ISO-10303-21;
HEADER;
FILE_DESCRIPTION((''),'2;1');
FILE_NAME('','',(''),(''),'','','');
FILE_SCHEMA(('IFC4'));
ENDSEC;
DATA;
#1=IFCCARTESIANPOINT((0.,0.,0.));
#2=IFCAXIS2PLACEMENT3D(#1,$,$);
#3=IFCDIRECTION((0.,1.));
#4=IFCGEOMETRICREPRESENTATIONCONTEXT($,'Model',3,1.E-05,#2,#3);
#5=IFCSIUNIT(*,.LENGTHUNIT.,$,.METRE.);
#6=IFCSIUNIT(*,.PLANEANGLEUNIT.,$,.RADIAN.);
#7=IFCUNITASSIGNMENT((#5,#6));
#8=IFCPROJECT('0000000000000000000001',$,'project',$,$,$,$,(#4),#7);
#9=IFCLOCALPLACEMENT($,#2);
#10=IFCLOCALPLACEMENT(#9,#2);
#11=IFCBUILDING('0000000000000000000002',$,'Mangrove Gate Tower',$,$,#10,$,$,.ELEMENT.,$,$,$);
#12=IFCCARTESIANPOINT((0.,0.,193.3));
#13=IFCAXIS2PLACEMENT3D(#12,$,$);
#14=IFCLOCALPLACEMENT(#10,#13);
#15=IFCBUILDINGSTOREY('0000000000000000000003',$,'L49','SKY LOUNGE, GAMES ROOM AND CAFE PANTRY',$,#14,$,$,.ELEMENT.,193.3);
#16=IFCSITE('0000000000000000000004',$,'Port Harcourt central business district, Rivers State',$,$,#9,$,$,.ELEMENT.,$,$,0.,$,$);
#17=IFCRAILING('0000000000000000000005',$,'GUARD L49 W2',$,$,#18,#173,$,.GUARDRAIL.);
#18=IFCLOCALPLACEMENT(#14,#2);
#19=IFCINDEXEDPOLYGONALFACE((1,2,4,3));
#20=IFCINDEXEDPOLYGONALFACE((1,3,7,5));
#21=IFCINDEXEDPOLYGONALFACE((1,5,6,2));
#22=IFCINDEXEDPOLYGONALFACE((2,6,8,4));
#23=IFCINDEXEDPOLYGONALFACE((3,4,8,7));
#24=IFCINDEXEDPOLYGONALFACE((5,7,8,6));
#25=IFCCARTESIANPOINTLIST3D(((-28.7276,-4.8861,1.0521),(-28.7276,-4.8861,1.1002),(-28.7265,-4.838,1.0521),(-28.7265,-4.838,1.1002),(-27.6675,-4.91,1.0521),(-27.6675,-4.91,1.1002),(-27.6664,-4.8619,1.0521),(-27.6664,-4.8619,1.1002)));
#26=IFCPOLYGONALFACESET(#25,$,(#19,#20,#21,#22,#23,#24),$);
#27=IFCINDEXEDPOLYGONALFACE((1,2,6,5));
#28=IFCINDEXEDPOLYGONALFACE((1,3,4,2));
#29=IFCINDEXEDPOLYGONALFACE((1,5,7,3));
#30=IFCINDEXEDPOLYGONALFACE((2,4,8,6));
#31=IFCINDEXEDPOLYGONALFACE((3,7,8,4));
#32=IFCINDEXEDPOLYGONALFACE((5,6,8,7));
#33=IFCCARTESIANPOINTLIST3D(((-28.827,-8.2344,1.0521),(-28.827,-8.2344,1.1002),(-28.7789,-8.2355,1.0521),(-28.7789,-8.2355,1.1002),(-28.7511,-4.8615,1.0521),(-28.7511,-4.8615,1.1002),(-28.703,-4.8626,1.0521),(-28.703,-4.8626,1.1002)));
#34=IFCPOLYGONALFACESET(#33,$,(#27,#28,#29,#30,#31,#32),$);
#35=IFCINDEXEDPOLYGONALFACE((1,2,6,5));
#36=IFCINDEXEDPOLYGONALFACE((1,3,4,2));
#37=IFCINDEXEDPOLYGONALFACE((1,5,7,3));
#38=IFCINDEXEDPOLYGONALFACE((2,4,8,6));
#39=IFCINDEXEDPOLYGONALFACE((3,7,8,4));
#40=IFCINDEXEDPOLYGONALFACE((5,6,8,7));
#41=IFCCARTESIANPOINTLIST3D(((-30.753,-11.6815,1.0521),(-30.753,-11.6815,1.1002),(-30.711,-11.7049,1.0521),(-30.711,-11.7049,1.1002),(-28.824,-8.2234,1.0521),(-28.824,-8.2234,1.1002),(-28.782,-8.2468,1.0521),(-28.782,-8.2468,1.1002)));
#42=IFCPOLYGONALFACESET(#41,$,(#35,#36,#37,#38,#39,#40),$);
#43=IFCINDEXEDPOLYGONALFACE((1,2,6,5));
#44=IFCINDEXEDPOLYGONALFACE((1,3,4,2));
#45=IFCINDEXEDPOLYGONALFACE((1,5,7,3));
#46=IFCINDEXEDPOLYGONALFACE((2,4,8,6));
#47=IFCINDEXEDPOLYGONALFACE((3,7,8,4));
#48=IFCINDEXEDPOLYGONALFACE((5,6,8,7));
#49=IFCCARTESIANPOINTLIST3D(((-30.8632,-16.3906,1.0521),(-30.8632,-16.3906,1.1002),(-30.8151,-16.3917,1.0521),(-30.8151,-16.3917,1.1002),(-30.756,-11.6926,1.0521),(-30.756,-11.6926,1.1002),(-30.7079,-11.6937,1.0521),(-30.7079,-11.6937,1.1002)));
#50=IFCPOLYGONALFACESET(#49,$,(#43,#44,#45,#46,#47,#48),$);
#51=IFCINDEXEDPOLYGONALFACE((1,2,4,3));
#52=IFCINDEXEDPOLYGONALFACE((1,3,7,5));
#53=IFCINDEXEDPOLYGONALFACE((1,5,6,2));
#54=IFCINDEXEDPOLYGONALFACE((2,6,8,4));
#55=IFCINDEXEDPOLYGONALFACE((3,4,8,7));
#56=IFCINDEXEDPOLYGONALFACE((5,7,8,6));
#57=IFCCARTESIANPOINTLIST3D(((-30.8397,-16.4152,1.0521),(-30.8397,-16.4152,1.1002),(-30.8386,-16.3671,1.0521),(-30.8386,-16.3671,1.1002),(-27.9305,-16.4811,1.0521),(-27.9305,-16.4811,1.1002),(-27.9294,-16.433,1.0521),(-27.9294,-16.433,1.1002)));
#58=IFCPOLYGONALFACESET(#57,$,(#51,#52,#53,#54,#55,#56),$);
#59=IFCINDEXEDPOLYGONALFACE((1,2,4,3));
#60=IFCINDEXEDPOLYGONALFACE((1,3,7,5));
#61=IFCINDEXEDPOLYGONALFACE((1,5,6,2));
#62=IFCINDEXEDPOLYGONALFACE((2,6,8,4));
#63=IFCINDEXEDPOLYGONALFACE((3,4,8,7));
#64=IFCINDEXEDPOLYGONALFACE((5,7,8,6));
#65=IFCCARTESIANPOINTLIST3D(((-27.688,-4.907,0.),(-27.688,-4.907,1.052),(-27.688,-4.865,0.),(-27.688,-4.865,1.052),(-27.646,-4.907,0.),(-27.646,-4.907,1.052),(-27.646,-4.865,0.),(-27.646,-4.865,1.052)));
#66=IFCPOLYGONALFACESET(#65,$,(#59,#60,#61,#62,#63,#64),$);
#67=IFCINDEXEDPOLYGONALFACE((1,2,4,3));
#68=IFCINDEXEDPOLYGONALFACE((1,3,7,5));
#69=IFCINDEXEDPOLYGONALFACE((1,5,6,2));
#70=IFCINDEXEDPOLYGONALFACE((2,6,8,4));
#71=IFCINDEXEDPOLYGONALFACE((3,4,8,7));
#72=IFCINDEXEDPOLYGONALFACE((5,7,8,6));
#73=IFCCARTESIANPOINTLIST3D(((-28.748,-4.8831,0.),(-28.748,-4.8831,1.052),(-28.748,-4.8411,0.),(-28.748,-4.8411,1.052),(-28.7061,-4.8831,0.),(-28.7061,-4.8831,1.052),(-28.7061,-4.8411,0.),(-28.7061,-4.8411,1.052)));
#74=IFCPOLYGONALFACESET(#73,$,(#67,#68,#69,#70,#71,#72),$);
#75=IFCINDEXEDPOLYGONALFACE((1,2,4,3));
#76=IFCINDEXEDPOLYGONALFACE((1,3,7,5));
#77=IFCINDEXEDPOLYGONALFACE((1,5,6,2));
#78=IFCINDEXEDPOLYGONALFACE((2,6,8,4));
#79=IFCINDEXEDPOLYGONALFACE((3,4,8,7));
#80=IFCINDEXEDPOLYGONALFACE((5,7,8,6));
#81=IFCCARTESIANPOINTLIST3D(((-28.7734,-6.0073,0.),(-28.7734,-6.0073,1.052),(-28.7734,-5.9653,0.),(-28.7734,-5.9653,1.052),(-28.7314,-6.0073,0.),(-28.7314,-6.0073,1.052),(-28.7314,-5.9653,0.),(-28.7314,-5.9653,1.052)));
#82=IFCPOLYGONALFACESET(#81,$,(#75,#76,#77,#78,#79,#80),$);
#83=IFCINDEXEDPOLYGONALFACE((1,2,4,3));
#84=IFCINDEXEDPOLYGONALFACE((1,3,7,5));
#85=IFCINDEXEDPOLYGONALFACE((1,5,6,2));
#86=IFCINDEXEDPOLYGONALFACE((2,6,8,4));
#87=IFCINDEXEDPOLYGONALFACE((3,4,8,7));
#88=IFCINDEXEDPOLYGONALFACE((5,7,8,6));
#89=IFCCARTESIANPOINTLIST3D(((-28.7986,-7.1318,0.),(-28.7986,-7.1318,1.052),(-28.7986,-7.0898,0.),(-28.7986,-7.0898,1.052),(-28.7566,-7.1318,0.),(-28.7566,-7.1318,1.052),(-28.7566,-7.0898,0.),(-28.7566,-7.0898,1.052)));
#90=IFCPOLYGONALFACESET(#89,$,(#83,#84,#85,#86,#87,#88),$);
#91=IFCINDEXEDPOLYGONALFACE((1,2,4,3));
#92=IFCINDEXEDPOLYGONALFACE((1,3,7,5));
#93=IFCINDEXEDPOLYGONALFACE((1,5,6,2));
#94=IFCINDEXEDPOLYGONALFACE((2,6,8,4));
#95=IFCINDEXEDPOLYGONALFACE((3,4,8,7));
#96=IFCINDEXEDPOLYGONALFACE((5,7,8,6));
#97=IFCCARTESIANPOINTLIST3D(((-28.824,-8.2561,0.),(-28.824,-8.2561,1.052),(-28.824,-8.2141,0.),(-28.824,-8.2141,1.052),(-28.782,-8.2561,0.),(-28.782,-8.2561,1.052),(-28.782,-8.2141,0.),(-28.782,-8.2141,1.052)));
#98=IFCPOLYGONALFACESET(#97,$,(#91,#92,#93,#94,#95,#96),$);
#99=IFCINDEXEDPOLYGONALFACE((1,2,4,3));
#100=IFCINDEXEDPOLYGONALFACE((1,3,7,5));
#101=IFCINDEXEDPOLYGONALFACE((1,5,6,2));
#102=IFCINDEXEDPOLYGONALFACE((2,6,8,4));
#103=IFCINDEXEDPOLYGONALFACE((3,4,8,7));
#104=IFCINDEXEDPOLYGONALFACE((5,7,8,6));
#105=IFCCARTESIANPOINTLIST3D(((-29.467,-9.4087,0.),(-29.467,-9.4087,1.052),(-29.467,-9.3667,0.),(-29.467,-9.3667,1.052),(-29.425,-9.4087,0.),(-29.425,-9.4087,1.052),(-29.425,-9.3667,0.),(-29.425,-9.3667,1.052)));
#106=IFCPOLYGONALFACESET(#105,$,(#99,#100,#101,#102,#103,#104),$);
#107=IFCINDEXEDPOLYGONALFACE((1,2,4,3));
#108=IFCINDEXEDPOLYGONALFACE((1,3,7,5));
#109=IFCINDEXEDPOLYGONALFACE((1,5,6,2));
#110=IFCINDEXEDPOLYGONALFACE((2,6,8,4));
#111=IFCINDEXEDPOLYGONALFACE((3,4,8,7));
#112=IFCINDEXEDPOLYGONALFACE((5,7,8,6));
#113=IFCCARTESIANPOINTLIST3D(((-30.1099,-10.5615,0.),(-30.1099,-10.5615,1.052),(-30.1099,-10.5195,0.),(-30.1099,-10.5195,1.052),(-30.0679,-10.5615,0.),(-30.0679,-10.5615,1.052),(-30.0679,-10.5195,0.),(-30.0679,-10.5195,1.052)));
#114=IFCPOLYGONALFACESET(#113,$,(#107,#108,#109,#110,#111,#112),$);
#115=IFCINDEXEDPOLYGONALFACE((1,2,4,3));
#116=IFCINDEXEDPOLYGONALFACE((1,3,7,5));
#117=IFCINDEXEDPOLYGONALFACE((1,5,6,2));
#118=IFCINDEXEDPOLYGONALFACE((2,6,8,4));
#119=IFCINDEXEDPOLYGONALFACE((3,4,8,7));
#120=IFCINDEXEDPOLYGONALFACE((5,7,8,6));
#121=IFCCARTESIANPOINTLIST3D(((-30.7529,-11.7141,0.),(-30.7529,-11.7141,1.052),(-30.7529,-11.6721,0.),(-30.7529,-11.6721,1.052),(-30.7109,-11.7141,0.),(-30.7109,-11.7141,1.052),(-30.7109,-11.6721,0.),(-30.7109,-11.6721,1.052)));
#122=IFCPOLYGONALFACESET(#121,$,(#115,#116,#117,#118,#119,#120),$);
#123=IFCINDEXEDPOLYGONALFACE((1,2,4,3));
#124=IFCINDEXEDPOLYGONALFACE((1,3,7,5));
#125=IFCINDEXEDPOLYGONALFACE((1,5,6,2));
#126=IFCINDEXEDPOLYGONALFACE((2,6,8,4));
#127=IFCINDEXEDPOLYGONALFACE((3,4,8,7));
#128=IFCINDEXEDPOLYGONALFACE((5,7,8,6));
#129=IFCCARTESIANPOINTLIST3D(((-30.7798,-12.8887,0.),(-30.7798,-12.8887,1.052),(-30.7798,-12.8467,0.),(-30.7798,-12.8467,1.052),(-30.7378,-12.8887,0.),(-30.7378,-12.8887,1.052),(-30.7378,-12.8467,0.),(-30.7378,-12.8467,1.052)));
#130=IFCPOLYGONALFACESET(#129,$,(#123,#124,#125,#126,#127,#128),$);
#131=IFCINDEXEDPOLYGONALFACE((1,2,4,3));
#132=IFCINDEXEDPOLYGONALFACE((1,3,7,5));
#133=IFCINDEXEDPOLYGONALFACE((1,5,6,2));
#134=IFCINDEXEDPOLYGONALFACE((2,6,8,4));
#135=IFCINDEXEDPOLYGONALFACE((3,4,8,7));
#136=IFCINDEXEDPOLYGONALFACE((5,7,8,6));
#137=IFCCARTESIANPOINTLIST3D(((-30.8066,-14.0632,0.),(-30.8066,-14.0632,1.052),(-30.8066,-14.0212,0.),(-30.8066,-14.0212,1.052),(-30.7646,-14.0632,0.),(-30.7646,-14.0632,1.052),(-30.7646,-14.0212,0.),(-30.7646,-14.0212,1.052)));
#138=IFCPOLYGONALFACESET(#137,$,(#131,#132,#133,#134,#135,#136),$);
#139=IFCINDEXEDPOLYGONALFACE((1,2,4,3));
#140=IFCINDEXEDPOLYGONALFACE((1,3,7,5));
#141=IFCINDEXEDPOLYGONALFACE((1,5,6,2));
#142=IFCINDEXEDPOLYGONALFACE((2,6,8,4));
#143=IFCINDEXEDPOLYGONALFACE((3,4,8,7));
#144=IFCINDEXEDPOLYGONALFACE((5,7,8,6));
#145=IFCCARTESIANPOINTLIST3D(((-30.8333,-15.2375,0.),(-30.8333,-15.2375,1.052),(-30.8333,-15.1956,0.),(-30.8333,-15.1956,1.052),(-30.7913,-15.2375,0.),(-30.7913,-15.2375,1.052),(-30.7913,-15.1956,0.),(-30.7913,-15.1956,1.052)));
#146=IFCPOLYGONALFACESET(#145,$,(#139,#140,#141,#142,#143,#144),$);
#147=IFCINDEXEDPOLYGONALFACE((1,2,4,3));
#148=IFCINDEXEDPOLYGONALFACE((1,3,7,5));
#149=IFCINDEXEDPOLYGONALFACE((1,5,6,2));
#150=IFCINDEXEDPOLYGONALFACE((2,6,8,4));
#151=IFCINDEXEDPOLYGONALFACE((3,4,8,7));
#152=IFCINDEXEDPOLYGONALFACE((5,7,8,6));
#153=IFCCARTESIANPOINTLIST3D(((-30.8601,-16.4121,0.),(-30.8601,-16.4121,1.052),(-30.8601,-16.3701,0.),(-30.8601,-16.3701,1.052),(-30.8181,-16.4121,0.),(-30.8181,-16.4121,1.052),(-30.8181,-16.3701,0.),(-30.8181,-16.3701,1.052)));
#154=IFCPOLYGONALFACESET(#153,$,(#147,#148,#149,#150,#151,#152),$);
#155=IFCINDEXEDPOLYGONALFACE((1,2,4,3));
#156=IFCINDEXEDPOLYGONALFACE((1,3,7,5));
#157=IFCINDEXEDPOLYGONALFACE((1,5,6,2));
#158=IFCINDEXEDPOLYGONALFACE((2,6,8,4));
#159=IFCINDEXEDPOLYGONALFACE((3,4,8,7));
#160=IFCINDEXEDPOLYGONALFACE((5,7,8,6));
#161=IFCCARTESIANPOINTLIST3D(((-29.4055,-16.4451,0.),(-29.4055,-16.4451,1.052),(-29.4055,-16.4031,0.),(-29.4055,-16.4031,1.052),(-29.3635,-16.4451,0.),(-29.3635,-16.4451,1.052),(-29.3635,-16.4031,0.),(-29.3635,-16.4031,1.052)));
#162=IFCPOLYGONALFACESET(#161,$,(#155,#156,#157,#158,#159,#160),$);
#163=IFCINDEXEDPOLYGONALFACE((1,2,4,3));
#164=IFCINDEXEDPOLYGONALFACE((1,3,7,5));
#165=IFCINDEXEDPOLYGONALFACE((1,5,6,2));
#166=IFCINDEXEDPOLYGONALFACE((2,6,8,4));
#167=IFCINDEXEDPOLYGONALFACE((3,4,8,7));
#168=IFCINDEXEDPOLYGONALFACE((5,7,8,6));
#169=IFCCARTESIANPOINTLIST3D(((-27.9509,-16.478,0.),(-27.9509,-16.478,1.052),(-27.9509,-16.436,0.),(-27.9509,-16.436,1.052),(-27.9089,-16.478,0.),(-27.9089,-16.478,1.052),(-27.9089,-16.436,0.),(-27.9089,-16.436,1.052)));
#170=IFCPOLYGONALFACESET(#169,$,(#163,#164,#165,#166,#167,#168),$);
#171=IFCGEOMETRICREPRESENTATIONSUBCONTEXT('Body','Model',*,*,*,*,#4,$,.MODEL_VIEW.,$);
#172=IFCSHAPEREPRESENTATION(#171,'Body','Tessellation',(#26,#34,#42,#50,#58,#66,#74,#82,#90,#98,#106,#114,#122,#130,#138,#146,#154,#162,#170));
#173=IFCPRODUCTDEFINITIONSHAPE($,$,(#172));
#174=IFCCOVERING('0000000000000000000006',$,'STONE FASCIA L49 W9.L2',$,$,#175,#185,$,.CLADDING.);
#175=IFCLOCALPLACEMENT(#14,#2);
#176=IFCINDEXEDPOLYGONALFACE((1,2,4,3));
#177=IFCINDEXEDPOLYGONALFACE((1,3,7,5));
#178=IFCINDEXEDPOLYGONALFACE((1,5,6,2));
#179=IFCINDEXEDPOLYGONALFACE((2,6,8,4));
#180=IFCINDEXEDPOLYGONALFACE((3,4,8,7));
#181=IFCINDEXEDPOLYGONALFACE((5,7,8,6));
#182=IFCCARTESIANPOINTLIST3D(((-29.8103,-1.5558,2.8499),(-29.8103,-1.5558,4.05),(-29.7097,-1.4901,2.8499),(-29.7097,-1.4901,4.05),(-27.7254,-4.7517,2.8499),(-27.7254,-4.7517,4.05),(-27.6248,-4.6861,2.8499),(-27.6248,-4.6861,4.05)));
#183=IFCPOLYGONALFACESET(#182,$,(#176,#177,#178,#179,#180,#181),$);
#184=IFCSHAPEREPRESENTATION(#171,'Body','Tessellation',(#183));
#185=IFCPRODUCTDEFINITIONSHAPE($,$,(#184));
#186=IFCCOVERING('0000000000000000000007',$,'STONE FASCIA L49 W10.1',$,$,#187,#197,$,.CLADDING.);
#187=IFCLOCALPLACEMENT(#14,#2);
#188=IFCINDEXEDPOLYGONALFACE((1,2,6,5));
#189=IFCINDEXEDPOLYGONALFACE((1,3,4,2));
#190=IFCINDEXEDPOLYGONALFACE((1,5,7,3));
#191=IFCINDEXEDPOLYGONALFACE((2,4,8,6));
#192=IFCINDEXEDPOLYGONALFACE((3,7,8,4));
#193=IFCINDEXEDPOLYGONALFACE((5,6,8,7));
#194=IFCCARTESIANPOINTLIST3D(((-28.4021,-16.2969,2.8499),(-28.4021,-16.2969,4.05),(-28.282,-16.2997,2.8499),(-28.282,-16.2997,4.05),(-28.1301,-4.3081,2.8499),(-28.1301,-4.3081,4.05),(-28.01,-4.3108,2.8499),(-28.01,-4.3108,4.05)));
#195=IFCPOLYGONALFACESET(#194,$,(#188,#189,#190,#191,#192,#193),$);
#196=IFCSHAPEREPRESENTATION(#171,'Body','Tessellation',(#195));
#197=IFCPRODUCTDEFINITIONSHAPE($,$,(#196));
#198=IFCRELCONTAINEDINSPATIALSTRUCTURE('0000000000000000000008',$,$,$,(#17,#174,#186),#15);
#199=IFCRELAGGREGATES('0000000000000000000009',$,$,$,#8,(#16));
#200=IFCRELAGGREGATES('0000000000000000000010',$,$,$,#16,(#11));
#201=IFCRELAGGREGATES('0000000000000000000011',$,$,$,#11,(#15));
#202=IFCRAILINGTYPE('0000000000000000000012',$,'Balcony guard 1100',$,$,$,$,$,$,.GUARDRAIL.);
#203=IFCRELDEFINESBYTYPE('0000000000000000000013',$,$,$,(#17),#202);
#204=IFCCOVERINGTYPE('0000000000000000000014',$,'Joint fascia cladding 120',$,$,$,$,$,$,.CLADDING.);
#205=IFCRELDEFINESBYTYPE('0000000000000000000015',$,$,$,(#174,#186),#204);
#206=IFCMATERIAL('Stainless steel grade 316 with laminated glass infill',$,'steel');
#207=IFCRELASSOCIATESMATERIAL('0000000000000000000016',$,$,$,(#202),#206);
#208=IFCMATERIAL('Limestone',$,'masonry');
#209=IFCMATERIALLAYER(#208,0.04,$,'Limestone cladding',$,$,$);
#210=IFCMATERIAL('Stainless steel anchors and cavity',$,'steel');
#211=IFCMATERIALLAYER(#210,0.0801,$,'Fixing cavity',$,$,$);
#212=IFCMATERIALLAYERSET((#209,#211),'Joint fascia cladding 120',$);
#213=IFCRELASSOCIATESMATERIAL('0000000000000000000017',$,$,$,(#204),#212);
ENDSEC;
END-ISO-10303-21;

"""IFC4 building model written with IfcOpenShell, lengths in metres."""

from ifc_helpers import new_model, si_unit, direction, frame, frame_2d, origin, origin_2d, place, context, subcontext, project, spatial, rectangle, extrude, material, layer, layer_set, type_object, element, save


model = new_model("IFC4")

# Units and contexts
model_context = context("Model", 3, precision=1e-05, world=origin(), true_north=direction((0.0, 1.0)))
body_context = subcontext(model_context, "Body", "Model", "MODEL_VIEW")
ifc_project = project(units=[si_unit("LENGTHUNIT", "METRE"), si_unit("PLANEANGLEUNIT", "RADIAN")], contexts=[model_context])

# Site, building, storey
site_placement = place(None, origin())
site = spatial("IfcSite", under=ifc_project, at=site_placement, Name="Port Harcourt central business district, Rivers State", CompositionType="ELEMENT", RefElevation=0.0)
building_placement = place(site_placement, origin())
building = spatial("IfcBuilding", under=site, at=building_placement, Name="Mangrove Gate Tower", CompositionType="ELEMENT")
storey_placement = place(building_placement, frame((0.0, 0.0, 193.3)))
storey = spatial("IfcBuildingStorey", under=building, at=storey_placement, Name="L49", Description="SKY LOUNGE, GAMES ROOM AND CAFE PANTRY", CompositionType="ELEMENT", Elevation=193.3)

# Shared definitions
ifc_material_1 = material(Name="Limestone", Category="masonry")

# Railing
ifc_material_2 = material(Name="Stainless steel grade 316 with laminated glass infill", Category="steel")
railing_type = type_object("IfcRailingType", Name="Balcony guard 1100", PredefinedType="GUARDRAIL", material=ifc_material_2)
railing_placement = place(storey_placement, frame((-27.667, -4.886, 0.0)))
element("IfcRailing", 1, at=railing_placement, inside=storey, type_object=railing_type, Name="GUARD L49 W2", PredefinedType="GUARDRAIL", context=body_context, shape_type="SweptSolid", body=[
    extrude(rectangle(XDim=0.0481, YDim=0.0481, at=origin_2d()), frame((0.0, 0.0, 1.0762), z_axis=(-0.999745, 0.022564, 0.0), x_axis=(-0.022564, -0.999745, 0.0)), (0.0, 0.0, 1.0), 1.0603),
    extrude(rectangle(XDim=0.0481, YDim=0.0481, at=origin_2d()), frame((-1.0601, 0.0239, 1.0762), z_axis=(-0.022504, -0.999747, 0.0), x_axis=(0.999747, -0.022504, 0.0)), (0.0, 0.0, 1.0), 3.3738),
    extrude(rectangle(XDim=0.0481, YDim=0.0481, at=origin_2d()), frame((-1.136, -3.3491, 1.0762), z_axis=(-0.487155, -0.873315, 0.0), x_axis=(0.873315, -0.487155, 0.0)), (0.0, 0.0, 1.0), 3.9597),
    extrude(rectangle(XDim=0.0481, YDim=0.0481, at=origin_2d()), frame((-3.0649, -6.8071, 1.0762), z_axis=(-0.022808, -0.99974, 0.0), x_axis=(0.99974, -0.022808, 0.0)), (0.0, 0.0, 1.0), 4.6992),
    extrude(rectangle(XDim=0.0481, YDim=0.0481, at=origin_2d()), frame((-3.1721, -11.5051, 1.0762), z_axis=(0.999743, -0.022653, 0.0), x_axis=(0.022653, 0.999743, 0.0)), (0.0, 0.0, 1.0), 2.9099),
    extrude(rectangle(XDim=0.042, YDim=0.042, at=origin_2d()), origin(), (0.0, 0.0, 1.0), 1.052),
    extrude(rectangle(XDim=0.042, YDim=0.042, at=origin_2d()), frame((-1.0601, 0.0239, 0.0)), (0.0, 0.0, 1.0), 1.052),
    extrude(rectangle(XDim=0.042, YDim=0.042, at=origin_2d()), frame((-1.0854, -1.1003, 0.0)), (0.0, 0.0, 1.0), 1.052),
    extrude(rectangle(XDim=0.042, YDim=0.042, at=origin_2d()), frame((-1.1106, -2.2249, 0.0)), (0.0, 0.0, 1.0), 1.052),
    extrude(rectangle(XDim=0.042, YDim=0.042, at=origin_2d()), frame((-1.136, -3.3491, 0.0)), (0.0, 0.0, 1.0), 1.052),
    extrude(rectangle(XDim=0.042, YDim=0.042, at=origin_2d()), frame((-1.7791, -4.5017, 0.0)), (0.0, 0.0, 1.0), 1.052),
    extrude(rectangle(XDim=0.042, YDim=0.042, at=origin_2d()), frame((-2.4219, -5.6545, 0.0)), (0.0, 0.0, 1.0), 1.052),
    extrude(rectangle(XDim=0.042, YDim=0.042, at=origin_2d()), frame((-3.0649, -6.8071, 0.0)), (0.0, 0.0, 1.0), 1.052),
    extrude(rectangle(XDim=0.042, YDim=0.042, at=origin_2d()), frame((-3.0918, -7.9817, 0.0)), (0.0, 0.0, 1.0), 1.052),
    extrude(rectangle(XDim=0.042, YDim=0.042, at=origin_2d()), frame((-3.1187, -9.1562, 0.0)), (0.0, 0.0, 1.0), 1.052),
    extrude(rectangle(XDim=0.042, YDim=0.042, at=origin_2d()), frame((-3.1453, -10.3306, 0.0)), (0.0, 0.0, 1.0), 1.052),
    extrude(rectangle(XDim=0.042, YDim=0.042, at=origin_2d()), frame((-3.1721, -11.5051, 0.0)), (0.0, 0.0, 1.0), 1.052),
    extrude(rectangle(XDim=0.042, YDim=0.042, at=origin_2d()), frame((-1.7175, -11.5381, 0.0)), (0.0, 0.0, 1.0), 1.052),
    extrude(rectangle(XDim=0.042, YDim=0.042, at=origin_2d()), frame((-0.2629, -11.571, 0.0)), (0.0, 0.0, 1.0), 1.052),
])

# Coverings
ifc_layer_1 = layer(ifc_material_1, 0.04, Name="Limestone cladding")
ifc_material_3 = material(Name="Stainless steel anchors and cavity", Category="steel")
ifc_layer_2 = layer(ifc_material_3, 0.0801, Name="Fixing cavity")
ifc_layer_set_1 = layer_set([ifc_layer_1, ifc_layer_2], Name="Joint fascia cladding 120")
covering_type = type_object("IfcCoveringType", Name="Joint fascia cladding 120", PredefinedType="CLADDING", material=ifc_layer_set_1)
covering_1_placement = place(storey_placement, frame((-29.76, -1.5229, 2.8499), z_axis=(0.0, 0.0, 1.0), x_axis=(0.546375, -0.837541, 0.0)))
element("IfcCovering", 2, at=covering_1_placement, inside=storey, type_object=covering_type, Name="STONE FASCIA L49 W9.L2", PredefinedType="CLADDING", context=body_context, shape_type="SweptSolid", body=[
    extrude(rectangle(XDim=3.8159, YDim=0.1201, at=frame_2d((1.908, 0.0))), origin(), (0.0, 0.0, 1.0), 1.2002),
])
covering_2_placement = place(storey_placement, frame((-28.0701, -4.3093, 2.8499), z_axis=(0.0, 0.0, 1.0), x_axis=(-0.02268, -0.999743, 0.0)))
element("IfcCovering", 3, at=covering_2_placement, inside=storey, type_object=covering_type, Name="STONE FASCIA L49 W10.1", PredefinedType="CLADDING", context=body_context, shape_type="SweptSolid", body=[
    extrude(rectangle(XDim=11.9919, YDim=0.1201, at=frame_2d((5.9961, 0.0))), origin(), (0.0, 0.0, 1.0), 1.2002),
])

save(model, "model.ifc")
